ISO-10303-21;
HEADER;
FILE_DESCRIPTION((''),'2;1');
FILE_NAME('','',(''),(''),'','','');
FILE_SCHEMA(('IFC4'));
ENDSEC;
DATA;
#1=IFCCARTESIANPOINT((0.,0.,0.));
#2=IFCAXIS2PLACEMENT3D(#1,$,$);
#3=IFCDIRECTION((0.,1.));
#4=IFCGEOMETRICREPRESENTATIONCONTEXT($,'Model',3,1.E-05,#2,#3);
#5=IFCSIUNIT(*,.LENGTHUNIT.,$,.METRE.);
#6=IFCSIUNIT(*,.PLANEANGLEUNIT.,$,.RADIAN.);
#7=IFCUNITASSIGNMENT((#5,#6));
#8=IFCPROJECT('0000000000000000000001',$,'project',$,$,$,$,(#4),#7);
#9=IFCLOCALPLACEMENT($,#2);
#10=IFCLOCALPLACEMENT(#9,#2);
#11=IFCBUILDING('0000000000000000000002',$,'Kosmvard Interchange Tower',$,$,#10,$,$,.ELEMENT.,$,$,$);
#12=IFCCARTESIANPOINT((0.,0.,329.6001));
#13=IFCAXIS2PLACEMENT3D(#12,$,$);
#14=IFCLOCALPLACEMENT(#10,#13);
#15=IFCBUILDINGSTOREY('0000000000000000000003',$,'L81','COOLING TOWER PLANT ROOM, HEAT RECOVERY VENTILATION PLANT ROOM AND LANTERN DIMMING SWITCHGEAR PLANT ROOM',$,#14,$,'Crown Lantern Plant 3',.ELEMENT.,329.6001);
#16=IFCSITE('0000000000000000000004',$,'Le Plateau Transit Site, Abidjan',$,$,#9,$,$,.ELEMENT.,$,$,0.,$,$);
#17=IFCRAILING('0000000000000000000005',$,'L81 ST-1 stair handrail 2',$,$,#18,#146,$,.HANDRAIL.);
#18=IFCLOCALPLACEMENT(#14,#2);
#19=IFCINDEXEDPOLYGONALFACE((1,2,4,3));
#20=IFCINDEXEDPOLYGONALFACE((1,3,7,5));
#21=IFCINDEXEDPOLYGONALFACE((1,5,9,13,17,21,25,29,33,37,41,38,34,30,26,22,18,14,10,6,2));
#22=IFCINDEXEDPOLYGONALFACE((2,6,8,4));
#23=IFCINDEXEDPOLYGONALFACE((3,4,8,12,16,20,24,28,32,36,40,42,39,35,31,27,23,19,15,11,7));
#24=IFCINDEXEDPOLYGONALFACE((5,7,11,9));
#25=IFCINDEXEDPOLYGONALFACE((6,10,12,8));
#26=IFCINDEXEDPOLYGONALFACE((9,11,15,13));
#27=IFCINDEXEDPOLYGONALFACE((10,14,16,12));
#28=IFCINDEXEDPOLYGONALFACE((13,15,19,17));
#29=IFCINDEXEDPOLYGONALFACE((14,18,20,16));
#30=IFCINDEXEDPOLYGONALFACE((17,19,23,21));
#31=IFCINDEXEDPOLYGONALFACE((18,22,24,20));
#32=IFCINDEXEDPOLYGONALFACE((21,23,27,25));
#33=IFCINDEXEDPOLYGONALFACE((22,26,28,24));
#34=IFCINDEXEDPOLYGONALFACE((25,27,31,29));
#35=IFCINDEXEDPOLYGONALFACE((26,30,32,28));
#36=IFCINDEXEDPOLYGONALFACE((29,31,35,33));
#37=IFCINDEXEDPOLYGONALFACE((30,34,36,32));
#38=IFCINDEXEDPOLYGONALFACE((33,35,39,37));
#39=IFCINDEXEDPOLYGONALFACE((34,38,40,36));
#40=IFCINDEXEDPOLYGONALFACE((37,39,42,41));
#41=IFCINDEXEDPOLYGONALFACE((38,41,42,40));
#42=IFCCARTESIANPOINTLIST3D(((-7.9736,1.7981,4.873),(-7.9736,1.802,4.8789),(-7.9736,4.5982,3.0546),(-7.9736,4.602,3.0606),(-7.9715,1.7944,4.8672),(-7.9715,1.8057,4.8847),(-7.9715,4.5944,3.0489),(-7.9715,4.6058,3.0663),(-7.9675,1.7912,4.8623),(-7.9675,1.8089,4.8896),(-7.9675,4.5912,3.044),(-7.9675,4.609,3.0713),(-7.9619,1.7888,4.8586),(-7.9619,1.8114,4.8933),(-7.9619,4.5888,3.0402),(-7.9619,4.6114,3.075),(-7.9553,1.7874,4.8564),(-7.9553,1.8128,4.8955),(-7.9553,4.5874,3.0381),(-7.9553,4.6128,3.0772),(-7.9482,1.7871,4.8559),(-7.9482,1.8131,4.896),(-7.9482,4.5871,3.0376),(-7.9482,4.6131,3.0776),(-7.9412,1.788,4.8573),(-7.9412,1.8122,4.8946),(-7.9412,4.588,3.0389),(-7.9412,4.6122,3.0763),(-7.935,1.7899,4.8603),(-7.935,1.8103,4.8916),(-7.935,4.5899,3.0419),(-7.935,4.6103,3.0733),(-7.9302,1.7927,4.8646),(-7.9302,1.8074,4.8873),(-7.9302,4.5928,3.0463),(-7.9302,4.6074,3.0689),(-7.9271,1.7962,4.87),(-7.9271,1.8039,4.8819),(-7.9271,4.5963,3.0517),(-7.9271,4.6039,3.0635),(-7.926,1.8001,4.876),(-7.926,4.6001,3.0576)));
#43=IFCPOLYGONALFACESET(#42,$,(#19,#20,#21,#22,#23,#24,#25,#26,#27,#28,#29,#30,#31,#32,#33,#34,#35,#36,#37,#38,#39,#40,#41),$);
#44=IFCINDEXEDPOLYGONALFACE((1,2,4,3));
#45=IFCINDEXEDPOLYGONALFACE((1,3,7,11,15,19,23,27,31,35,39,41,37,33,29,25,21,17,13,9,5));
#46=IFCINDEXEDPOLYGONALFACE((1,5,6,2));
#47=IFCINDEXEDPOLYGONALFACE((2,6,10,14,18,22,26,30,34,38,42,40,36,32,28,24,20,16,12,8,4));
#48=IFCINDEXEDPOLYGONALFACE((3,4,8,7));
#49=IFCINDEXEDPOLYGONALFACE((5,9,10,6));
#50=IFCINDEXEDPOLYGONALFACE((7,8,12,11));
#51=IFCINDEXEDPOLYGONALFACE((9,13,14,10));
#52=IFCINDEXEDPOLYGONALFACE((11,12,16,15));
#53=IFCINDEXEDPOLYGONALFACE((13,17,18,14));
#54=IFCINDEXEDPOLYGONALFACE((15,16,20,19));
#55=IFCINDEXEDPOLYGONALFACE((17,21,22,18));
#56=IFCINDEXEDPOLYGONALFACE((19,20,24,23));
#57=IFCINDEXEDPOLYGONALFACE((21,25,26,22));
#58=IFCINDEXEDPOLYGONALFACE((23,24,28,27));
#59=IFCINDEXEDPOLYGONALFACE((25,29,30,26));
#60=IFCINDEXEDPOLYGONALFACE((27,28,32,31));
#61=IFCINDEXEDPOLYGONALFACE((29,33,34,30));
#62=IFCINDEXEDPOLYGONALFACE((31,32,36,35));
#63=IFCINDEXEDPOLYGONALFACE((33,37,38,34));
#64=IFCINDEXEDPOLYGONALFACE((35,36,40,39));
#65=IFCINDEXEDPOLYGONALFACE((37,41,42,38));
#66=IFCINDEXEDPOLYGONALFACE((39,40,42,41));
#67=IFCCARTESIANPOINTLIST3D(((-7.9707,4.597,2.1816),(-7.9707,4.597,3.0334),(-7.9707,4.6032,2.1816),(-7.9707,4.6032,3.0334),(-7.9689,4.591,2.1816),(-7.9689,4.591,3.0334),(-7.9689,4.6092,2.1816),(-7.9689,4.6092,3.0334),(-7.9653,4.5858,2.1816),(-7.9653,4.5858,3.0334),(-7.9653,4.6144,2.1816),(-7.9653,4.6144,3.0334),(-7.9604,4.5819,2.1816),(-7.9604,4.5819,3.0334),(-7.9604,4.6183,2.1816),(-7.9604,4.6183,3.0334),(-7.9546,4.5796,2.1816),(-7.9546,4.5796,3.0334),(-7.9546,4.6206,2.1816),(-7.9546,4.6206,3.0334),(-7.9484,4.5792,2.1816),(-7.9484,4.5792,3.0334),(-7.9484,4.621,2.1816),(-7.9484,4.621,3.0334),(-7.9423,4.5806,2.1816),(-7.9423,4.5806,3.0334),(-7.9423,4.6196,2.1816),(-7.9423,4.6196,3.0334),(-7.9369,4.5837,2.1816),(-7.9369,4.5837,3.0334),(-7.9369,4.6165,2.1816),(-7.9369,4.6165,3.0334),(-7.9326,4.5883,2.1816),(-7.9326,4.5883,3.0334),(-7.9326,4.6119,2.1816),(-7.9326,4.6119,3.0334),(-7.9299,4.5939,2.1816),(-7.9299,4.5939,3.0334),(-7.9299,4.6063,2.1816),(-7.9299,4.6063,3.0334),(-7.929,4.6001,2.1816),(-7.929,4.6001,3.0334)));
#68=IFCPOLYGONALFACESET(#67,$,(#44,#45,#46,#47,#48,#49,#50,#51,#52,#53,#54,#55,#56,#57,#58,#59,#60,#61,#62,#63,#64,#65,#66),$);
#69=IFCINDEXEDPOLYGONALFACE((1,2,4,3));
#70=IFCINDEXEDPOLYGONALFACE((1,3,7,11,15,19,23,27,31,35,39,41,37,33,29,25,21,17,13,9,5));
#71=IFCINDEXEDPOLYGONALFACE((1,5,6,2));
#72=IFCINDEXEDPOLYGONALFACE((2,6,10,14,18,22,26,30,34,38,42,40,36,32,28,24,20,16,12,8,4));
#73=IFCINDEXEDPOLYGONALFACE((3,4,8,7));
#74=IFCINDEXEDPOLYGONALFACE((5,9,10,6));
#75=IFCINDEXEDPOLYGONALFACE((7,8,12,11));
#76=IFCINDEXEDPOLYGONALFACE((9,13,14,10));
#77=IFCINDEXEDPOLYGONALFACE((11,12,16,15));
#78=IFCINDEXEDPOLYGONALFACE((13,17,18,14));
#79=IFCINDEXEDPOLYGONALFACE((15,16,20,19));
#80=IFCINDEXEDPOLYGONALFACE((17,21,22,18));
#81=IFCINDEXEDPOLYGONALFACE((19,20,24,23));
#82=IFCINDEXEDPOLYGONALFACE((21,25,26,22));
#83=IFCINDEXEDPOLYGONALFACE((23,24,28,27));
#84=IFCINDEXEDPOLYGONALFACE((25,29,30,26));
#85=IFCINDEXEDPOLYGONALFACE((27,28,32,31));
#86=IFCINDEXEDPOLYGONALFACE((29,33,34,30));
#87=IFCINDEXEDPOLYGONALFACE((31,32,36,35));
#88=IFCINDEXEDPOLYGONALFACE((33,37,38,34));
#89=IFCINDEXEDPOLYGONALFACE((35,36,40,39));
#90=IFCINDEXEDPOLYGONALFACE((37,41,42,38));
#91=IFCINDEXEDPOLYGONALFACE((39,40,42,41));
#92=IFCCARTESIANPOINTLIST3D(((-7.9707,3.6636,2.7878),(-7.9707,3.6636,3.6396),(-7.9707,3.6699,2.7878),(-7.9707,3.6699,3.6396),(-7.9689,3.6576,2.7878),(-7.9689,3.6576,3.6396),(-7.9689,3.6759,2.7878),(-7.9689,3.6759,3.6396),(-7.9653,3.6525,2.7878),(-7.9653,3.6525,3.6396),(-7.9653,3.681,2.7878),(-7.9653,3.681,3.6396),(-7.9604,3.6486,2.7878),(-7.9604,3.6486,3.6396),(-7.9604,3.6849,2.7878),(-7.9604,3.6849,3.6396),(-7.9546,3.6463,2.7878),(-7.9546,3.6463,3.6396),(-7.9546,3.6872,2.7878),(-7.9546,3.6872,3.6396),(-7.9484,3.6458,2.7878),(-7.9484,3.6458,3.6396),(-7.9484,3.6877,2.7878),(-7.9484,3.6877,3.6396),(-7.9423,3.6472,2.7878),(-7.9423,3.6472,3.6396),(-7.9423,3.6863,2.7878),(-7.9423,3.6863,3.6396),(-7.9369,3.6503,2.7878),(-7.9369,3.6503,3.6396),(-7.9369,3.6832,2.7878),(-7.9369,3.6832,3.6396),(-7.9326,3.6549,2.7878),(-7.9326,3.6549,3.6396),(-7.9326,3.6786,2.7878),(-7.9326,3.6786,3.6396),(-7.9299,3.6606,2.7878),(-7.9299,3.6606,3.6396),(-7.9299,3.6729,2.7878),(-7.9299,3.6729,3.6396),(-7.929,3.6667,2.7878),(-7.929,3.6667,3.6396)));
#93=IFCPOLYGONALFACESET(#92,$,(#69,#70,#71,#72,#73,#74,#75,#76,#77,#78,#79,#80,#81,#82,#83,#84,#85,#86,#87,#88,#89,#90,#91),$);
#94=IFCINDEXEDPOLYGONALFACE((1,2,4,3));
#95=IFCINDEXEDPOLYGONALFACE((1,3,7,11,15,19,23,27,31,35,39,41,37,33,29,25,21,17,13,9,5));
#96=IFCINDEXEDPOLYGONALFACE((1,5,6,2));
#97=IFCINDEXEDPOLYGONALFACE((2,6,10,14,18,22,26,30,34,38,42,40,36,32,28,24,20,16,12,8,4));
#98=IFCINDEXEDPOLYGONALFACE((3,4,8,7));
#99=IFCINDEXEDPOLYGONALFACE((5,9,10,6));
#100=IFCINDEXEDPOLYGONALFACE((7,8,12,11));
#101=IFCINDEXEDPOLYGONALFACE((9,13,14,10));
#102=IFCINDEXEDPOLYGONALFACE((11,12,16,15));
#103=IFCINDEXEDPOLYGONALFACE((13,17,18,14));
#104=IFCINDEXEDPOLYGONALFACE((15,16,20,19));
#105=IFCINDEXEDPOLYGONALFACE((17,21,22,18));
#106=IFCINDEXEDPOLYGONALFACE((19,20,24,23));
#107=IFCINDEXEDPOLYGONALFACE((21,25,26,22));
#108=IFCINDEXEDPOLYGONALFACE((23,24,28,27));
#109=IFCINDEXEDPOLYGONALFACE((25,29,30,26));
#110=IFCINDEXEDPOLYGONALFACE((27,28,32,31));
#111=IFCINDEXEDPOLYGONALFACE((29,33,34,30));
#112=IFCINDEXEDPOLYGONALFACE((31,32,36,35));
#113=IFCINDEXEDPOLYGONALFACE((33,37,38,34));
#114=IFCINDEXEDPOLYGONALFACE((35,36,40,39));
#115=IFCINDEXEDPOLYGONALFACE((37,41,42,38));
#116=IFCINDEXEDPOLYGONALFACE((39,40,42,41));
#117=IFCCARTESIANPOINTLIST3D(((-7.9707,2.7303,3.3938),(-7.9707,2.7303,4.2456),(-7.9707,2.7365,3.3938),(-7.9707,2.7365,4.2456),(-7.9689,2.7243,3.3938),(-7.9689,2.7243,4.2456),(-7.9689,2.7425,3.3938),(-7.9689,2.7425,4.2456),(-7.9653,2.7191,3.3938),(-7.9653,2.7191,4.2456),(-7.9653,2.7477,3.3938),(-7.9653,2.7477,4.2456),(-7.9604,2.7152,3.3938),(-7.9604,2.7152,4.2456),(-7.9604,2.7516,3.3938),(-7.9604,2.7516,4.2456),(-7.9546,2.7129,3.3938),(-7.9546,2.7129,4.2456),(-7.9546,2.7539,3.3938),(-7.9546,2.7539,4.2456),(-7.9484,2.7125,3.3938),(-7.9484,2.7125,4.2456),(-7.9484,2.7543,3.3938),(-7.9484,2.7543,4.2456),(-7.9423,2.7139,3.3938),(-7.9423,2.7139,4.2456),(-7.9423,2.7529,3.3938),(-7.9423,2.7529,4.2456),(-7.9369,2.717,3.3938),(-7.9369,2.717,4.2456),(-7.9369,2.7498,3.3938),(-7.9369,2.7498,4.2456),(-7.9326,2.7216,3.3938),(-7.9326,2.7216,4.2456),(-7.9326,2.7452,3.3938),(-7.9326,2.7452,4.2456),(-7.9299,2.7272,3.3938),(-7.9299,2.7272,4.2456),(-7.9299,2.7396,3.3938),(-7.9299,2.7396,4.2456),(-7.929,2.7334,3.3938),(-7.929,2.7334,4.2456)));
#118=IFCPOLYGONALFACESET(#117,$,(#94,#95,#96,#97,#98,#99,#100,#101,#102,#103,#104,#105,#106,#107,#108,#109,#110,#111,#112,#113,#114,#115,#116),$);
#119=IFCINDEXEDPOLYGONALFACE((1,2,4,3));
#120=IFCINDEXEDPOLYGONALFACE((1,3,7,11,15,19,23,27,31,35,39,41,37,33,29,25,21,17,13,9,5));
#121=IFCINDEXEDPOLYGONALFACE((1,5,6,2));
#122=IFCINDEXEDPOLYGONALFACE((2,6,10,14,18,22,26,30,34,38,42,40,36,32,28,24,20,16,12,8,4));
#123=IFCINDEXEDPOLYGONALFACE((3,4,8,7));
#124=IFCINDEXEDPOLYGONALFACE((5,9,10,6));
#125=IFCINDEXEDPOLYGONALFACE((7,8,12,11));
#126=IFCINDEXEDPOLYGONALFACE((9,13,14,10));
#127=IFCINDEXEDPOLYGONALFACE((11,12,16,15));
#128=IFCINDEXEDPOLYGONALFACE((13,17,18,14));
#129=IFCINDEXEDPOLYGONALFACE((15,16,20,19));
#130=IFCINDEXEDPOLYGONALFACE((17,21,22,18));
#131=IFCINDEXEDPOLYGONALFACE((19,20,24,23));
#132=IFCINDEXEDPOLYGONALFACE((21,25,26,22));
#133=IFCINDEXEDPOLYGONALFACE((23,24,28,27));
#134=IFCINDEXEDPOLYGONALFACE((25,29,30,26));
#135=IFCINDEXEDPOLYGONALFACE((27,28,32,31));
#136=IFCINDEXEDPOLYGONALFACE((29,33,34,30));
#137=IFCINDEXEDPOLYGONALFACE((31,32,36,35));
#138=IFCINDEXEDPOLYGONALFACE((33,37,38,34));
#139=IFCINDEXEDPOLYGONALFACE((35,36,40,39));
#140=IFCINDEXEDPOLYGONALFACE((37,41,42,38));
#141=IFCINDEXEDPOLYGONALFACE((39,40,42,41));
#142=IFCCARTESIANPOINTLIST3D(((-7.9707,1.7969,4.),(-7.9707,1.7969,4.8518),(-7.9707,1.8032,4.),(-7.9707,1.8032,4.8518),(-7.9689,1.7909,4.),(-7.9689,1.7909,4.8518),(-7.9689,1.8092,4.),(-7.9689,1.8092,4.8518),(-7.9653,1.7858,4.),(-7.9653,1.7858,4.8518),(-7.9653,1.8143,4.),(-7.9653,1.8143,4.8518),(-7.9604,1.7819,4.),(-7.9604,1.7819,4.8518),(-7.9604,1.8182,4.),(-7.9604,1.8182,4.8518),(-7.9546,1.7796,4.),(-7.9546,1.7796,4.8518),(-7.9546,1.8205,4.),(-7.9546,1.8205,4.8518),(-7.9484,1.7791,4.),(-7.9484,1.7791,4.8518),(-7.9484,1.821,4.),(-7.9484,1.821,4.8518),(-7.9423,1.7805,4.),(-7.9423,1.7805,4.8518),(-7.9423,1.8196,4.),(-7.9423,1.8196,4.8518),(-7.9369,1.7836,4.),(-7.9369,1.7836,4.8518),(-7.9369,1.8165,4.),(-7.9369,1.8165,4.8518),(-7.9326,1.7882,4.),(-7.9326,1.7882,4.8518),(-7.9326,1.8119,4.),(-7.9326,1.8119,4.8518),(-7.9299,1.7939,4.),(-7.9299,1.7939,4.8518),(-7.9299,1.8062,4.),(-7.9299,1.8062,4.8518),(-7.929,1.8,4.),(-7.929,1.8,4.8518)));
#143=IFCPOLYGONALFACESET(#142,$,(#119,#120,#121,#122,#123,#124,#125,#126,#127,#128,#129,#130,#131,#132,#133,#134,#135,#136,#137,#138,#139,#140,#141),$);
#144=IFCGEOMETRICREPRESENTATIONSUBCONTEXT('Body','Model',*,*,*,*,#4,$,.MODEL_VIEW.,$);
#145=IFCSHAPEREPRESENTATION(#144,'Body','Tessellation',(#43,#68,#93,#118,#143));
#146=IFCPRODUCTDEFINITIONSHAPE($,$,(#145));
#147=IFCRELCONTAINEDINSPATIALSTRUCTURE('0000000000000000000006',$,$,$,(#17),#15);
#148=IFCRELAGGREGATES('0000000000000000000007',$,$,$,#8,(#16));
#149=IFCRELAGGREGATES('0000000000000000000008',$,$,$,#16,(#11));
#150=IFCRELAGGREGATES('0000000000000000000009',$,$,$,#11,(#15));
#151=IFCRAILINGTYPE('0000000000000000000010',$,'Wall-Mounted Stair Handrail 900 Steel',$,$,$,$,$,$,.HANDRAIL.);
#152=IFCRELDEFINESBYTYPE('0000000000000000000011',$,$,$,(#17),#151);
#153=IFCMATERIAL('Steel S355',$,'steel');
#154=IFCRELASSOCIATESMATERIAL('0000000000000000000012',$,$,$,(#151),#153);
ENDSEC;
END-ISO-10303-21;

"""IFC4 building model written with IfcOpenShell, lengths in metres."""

from ifc_helpers import new_model, si_unit, direction, frame, origin, origin_2d, place, context, subcontext, project, spatial, circle, extrude, source, transform, mapped, material, type_object, element, save


model = new_model("IFC4")

# Units and contexts
model_context = context("Model", 3, precision=1e-05, world=origin(), true_north=direction((0.0, 1.0)))
body_context = subcontext(model_context, "Body", "Model", "MODEL_VIEW")
ifc_project = project(units=[si_unit("LENGTHUNIT", "METRE"), si_unit("PLANEANGLEUNIT", "RADIAN")], contexts=[model_context])

# Site, building, storey
site_placement = place(None, origin())
site = spatial("IfcSite", under=ifc_project, at=site_placement, Name="Le Plateau Transit Site, Abidjan", CompositionType="ELEMENT", RefElevation=0.0)
building_placement = place(site_placement, origin())
building = spatial("IfcBuilding", under=site, at=building_placement, Name="Kosmvard Interchange Tower", CompositionType="ELEMENT")
storey_placement = place(building_placement, frame((0.0, 0.0, 329.6001)))
storey = spatial("IfcBuildingStorey", under=building, at=storey_placement, Name="L81", Description="COOLING TOWER PLANT ROOM, HEAT RECOVERY VENTILATION PLANT ROOM AND LANTERN DIMMING SWITCHGEAR PLANT ROOM", LongName="Crown Lantern Plant 3", CompositionType="ELEMENT", Elevation=329.6001)

# Shared definitions
ifc_material_1 = material(Name="Steel S355", Category="steel")

# Railing
railing_type_1 = type_object("IfcRailingType", Name="Wall-Mounted Stair Handrail 900 Steel", PredefinedType="HANDRAIL", material=ifc_material_1)
shared_shape_1 = source(origin(), body_context, "Body", "SweptSolid", [
    extrude(circle(Radius=0.0239, at=origin_2d()), frame((0.0, 0.0, 0.876), z_axis=(0.0, -0.838672, 0.544636), x_axis=(1.0, 0.0, 0.0)), (0.0, 0.0, 1.0), 3.3386),
    extrude(circle(Radius=0.021, at=origin_2d()), origin(), (0.0, 0.0, 1.0), 0.8518),
    extrude(circle(Radius=0.021, at=origin_2d()), frame((0.0, -0.9333, 0.6062)), (0.0, 0.0, 1.0), 0.8518),
    extrude(circle(Radius=0.021, at=origin_2d()), frame((0.0, -1.8667, 1.2122)), (0.0, 0.0, 1.0), 0.8518),
    extrude(circle(Radius=0.021, at=origin_2d()), frame((0.0, -2.8, 1.8184)), (0.0, 0.0, 1.0), 0.8518),
])
railing_1_placement = place(storey_placement, frame((-7.95, 4.6001, 2.1816)))
element("IfcRailing", 1, at=railing_1_placement, inside=storey, type_object=railing_type_1, Name="L81 ST-1 stair handrail 2", PredefinedType="HANDRAIL", context=body_context, shape_type="MappedRepresentation", body=[
    mapped(shared_shape_1, transform((0.0, 0.0, 0.0), scale=1.0)),
])

save(model, "model.ifc")
